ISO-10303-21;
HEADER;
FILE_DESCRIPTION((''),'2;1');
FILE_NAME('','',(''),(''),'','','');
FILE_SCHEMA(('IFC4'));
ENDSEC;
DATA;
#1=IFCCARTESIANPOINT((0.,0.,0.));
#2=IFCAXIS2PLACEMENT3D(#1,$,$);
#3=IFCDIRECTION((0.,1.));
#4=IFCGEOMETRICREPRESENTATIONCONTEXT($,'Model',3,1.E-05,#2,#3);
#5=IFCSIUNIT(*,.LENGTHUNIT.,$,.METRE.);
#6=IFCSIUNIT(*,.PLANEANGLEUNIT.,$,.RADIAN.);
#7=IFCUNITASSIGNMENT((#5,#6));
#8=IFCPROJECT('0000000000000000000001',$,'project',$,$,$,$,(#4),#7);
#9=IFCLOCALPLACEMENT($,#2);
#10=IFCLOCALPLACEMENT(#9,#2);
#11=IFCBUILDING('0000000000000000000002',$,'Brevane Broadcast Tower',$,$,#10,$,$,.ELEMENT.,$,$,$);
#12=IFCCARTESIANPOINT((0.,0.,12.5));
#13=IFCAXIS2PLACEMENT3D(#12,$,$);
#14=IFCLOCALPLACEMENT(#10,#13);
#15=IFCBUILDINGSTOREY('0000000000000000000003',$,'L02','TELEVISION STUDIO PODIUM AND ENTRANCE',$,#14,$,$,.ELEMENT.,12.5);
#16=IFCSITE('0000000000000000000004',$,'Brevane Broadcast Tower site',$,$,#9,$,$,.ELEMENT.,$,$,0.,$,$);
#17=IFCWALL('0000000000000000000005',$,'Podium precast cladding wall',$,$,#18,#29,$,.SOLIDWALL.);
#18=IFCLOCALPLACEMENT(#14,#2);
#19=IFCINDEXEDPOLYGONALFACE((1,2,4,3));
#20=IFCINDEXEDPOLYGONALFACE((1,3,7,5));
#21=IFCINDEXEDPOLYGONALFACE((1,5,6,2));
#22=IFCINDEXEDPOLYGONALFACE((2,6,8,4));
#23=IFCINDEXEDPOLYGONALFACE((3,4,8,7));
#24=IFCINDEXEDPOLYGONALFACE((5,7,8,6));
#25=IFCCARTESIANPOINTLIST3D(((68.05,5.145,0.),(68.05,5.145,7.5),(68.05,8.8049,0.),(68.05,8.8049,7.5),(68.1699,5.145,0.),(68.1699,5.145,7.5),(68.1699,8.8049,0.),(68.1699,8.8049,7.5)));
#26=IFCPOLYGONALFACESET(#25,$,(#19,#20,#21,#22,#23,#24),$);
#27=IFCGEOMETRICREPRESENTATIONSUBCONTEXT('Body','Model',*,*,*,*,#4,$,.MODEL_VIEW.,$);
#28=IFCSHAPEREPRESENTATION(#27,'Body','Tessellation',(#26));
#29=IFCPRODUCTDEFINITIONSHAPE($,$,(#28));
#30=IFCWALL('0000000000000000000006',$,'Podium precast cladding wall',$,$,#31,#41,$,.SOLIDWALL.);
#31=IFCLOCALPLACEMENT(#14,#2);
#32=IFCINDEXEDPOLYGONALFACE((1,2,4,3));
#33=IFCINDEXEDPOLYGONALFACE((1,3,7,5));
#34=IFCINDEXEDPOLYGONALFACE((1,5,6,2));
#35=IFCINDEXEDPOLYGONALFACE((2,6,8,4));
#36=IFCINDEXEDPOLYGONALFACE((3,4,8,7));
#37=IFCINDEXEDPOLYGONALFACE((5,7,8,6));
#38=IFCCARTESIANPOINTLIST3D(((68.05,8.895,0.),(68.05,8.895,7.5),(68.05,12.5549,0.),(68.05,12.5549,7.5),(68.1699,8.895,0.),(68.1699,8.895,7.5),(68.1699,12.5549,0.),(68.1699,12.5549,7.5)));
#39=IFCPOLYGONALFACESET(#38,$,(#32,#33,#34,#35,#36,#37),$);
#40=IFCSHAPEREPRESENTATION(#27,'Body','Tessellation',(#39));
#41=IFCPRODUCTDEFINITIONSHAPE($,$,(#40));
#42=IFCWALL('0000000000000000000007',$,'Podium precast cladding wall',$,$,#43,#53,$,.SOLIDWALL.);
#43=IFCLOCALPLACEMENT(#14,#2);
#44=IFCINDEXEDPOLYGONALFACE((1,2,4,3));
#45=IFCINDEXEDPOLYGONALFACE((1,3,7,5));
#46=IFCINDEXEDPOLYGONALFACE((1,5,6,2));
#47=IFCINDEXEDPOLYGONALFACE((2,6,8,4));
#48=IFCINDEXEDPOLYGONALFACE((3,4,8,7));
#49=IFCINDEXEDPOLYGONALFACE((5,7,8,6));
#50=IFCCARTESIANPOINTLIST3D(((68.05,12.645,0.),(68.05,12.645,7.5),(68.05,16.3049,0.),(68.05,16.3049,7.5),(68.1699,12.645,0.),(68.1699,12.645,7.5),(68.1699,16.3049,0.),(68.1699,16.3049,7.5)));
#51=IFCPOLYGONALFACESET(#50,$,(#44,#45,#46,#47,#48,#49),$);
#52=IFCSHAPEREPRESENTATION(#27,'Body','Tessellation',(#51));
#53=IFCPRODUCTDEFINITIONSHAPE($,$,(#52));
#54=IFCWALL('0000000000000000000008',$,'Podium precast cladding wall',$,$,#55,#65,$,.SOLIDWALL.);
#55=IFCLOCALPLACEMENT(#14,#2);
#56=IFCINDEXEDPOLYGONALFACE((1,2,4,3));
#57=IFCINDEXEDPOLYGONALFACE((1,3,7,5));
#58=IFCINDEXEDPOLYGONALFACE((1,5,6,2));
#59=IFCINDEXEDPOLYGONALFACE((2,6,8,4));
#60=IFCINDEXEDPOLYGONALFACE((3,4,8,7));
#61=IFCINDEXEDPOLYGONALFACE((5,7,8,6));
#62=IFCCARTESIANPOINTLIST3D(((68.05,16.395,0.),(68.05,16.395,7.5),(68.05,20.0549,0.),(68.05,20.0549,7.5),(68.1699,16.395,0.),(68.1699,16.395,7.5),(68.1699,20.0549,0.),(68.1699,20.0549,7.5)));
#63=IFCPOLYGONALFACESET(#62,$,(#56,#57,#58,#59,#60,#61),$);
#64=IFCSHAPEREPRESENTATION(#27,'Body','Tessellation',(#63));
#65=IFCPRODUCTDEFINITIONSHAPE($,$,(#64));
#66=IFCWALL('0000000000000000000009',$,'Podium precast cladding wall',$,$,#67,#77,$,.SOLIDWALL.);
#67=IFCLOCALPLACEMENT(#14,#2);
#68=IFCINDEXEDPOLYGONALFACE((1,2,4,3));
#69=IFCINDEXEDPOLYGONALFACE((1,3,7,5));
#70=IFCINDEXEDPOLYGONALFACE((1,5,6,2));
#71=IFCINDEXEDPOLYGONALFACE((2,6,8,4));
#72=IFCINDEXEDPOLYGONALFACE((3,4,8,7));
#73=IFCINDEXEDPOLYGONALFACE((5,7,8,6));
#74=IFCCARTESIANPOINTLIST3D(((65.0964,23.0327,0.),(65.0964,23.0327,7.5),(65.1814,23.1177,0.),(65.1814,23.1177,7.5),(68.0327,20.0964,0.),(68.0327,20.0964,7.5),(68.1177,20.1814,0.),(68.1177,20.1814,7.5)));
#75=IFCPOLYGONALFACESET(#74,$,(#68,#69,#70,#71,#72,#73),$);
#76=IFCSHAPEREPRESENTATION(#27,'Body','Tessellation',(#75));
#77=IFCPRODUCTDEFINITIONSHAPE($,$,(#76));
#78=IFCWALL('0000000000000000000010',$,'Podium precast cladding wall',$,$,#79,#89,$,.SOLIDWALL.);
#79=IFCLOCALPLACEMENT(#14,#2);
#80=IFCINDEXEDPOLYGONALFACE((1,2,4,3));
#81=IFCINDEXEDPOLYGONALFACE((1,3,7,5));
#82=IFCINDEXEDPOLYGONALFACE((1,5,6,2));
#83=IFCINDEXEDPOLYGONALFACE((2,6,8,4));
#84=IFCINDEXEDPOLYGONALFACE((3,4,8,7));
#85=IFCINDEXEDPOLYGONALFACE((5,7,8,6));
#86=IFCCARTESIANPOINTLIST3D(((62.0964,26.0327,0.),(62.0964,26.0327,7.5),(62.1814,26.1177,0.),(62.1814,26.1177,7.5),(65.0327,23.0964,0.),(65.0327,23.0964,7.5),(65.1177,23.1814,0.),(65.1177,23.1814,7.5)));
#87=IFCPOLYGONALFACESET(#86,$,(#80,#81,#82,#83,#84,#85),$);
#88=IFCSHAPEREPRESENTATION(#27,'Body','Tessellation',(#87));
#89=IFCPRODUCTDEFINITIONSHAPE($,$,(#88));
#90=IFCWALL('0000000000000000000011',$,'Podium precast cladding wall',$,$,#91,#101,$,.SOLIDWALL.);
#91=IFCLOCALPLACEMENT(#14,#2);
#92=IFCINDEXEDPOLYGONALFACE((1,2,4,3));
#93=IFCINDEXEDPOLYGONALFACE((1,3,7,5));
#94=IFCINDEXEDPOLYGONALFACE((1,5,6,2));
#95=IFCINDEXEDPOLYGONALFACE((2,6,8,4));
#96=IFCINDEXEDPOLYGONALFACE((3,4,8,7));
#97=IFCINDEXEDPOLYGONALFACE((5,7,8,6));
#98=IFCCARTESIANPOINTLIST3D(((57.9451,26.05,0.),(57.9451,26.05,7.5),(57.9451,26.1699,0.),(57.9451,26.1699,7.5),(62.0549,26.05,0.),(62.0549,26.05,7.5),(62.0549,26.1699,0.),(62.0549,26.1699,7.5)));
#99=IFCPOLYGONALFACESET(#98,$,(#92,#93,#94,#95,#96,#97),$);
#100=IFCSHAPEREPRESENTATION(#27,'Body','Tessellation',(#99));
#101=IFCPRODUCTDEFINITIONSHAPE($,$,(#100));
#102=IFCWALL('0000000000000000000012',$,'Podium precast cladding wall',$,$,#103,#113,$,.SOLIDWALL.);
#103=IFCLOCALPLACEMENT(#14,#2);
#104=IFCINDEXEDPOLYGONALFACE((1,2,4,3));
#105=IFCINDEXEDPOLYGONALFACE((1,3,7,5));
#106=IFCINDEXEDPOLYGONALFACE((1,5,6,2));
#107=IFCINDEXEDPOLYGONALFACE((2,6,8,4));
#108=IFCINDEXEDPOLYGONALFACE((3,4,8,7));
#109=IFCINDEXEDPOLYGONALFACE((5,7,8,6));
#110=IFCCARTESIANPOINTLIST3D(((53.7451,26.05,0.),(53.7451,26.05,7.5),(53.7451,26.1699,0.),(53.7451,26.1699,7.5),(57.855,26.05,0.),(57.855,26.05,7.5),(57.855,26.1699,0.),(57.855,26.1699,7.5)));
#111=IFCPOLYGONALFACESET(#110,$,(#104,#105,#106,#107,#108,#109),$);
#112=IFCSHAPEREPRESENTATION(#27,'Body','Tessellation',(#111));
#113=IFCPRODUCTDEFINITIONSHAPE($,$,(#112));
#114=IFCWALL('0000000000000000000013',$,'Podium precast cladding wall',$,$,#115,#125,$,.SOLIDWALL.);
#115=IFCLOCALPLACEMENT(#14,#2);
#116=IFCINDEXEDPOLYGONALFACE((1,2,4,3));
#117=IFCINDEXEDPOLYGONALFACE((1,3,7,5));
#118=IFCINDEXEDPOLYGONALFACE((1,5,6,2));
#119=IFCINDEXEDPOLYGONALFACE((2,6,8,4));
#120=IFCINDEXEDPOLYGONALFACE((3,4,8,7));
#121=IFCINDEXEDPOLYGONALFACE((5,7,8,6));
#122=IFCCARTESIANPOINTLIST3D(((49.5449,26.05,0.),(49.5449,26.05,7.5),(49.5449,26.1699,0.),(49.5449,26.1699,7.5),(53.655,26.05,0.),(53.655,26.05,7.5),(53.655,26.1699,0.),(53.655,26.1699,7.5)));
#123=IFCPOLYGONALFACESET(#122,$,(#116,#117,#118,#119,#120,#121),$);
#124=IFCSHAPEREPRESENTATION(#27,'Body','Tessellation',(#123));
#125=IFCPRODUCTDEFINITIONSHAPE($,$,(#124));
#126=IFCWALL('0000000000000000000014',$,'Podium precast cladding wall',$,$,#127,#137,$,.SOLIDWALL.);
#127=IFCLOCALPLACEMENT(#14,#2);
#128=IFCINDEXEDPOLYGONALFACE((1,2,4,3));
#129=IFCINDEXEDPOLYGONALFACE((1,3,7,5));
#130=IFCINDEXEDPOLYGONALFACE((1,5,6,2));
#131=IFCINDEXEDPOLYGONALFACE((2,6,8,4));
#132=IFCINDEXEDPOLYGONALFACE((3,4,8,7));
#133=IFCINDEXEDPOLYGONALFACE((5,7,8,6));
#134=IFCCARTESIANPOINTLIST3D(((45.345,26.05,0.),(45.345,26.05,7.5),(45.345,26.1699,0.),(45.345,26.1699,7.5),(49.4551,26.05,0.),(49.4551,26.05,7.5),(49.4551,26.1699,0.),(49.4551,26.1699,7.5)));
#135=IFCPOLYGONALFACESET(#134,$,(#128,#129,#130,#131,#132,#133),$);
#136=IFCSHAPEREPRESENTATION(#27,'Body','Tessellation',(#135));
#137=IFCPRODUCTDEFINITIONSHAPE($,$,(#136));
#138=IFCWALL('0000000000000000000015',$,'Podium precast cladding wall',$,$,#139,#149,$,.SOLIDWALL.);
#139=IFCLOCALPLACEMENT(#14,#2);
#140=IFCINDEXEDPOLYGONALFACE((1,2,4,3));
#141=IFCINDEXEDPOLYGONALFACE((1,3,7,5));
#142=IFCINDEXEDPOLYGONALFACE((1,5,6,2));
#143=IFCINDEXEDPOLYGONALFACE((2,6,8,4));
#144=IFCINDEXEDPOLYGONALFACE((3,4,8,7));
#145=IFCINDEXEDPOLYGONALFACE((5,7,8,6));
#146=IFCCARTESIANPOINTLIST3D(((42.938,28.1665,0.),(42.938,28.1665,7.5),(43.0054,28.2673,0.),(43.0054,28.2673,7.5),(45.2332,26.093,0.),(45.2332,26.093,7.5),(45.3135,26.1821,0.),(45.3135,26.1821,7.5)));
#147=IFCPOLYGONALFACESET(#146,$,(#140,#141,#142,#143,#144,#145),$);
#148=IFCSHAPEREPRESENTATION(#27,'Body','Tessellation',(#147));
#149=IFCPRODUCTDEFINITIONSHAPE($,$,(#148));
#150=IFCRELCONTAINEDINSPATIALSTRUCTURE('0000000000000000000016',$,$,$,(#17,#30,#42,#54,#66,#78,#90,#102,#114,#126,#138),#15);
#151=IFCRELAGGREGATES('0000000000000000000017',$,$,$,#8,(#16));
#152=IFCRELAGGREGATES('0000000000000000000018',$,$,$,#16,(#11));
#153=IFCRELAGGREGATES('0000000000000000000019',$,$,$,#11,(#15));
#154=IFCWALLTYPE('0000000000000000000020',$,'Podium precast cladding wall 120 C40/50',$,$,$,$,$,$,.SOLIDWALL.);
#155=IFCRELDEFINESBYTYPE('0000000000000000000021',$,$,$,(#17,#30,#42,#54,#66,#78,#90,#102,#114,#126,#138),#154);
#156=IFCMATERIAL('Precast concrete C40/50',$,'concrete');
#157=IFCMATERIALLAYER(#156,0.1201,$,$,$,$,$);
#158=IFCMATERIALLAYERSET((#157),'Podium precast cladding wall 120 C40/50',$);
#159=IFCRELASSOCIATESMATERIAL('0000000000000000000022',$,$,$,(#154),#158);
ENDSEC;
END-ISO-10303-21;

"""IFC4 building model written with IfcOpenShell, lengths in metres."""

from ifc_helpers import new_model, si_unit, direction, frame, origin, place, context, subcontext, project, spatial, polyline, outline, extrude, material, layer, layer_set, type_object, element, save


model = new_model("IFC4")

# Units and contexts
model_context = context("Model", 3, precision=1e-05, world=origin(), true_north=direction((0.0, 1.0)))
body_context = subcontext(model_context, "Body", "Model", "MODEL_VIEW")
ifc_project = project(units=[si_unit("LENGTHUNIT", "METRE"), si_unit("PLANEANGLEUNIT", "RADIAN")], contexts=[model_context])

# Site, building, storey
site_placement = place(None, origin())
site = spatial("IfcSite", under=ifc_project, at=site_placement, Name="Brevane Broadcast Tower site", CompositionType="ELEMENT", RefElevation=0.0)
building_placement = place(site_placement, origin())
building = spatial("IfcBuilding", under=site, at=building_placement, Name="Brevane Broadcast Tower", CompositionType="ELEMENT")
storey_placement = place(building_placement, frame((0.0, 0.0, 12.5)))
storey = spatial("IfcBuildingStorey", under=building, at=storey_placement, Name="L02", Description="TELEVISION STUDIO PODIUM AND ENTRANCE", CompositionType="ELEMENT", Elevation=12.5)

# Walls
ifc_material = material(Name="Precast concrete C40/50", Category="concrete")
ifc_layer = layer(ifc_material, 0.1201)
ifc_layer_set = layer_set([ifc_layer], Name="Podium precast cladding wall 120 C40/50")
wall_type = type_object("IfcWallType", Name="Podium precast cladding wall 120 C40/50", PredefinedType="SOLIDWALL", material=ifc_layer_set)
wall_1_placement = place(storey_placement, origin())
element("IfcWall", 1, at=wall_1_placement, inside=storey, type_object=wall_type, Name="Podium precast cladding wall", PredefinedType="SOLIDWALL", context=body_context, shape_type="SweptSolid", body=[
    extrude(outline(polyline([(68.1699, 8.8049), (68.05, 8.8049), (68.05, 5.145), (68.1699, 5.145), (68.1699, 8.8049)])), origin(), (0.0, 0.0, 1.0), 7.5),
])
wall_2_placement = place(storey_placement, origin())
element("IfcWall", 2, at=wall_2_placement, inside=storey, type_object=wall_type, Name="Podium precast cladding wall", PredefinedType="SOLIDWALL", context=body_context, shape_type="SweptSolid", body=[
    extrude(outline(polyline([(68.1699, 12.5549), (68.05, 12.5549), (68.05, 8.895), (68.1699, 8.895), (68.1699, 12.5549)])), origin(), (0.0, 0.0, 1.0), 7.5),
])
wall_3_placement = place(storey_placement, origin())
element("IfcWall", 3, at=wall_3_placement, inside=storey, type_object=wall_type, Name="Podium precast cladding wall", PredefinedType="SOLIDWALL", context=body_context, shape_type="SweptSolid", body=[
    extrude(outline(polyline([(68.1699, 16.3049), (68.05, 16.3049), (68.05, 12.645), (68.1699, 12.645), (68.1699, 16.3049)])), origin(), (0.0, 0.0, 1.0), 7.5),
])
wall_4_placement = place(storey_placement, origin())
element("IfcWall", 4, at=wall_4_placement, inside=storey, type_object=wall_type, Name="Podium precast cladding wall", PredefinedType="SOLIDWALL", context=body_context, shape_type="SweptSolid", body=[
    extrude(outline(polyline([(68.1699, 20.0549), (68.05, 20.0549), (68.05, 16.395), (68.1699, 16.395), (68.1699, 20.0549)])), origin(), (0.0, 0.0, 1.0), 7.5),
])
wall_5_placement = place(storey_placement, origin())
element("IfcWall", 5, at=wall_5_placement, inside=storey, type_object=wall_type, Name="Podium precast cladding wall", PredefinedType="SOLIDWALL", context=body_context, shape_type="SweptSolid", body=[
    extrude(outline(polyline([(68.0327, 20.0964), (65.0964, 23.0327), (65.1814, 23.1177), (68.1177, 20.1814), (68.0327, 20.0964)])), origin(), (0.0, 0.0, 1.0), 7.5),
])
wall_6_placement = place(storey_placement, origin())
element("IfcWall", 6, at=wall_6_placement, inside=storey, type_object=wall_type, Name="Podium precast cladding wall", PredefinedType="SOLIDWALL", context=body_context, shape_type="SweptSolid", body=[
    extrude(outline(polyline([(65.0327, 23.0964), (62.0964, 26.0327), (62.1814, 26.1177), (65.1177, 23.1814), (65.0327, 23.0964)])), origin(), (0.0, 0.0, 1.0), 7.5),
])
wall_7_placement = place(storey_placement, origin())
element("IfcWall", 7, at=wall_7_placement, inside=storey, type_object=wall_type, Name="Podium precast cladding wall", PredefinedType="SOLIDWALL", context=body_context, shape_type="SweptSolid", body=[
    extrude(outline(polyline([(57.9451, 26.1699), (57.9451, 26.05), (62.0549, 26.05), (62.0549, 26.1699), (57.9451, 26.1699)])), origin(), (0.0, 0.0, 1.0), 7.5),
])
wall_8_placement = place(storey_placement, origin())
element("IfcWall", 8, at=wall_8_placement, inside=storey, type_object=wall_type, Name="Podium precast cladding wall", PredefinedType="SOLIDWALL", context=body_context, shape_type="SweptSolid", body=[
    extrude(outline(polyline([(53.7451, 26.1699), (53.7451, 26.05), (57.855, 26.05), (57.855, 26.1699), (53.7451, 26.1699)])), origin(), (0.0, 0.0, 1.0), 7.5),
])
wall_9_placement = place(storey_placement, origin())
element("IfcWall", 9, at=wall_9_placement, inside=storey, type_object=wall_type, Name="Podium precast cladding wall", PredefinedType="SOLIDWALL", context=body_context, shape_type="SweptSolid", body=[
    extrude(outline(polyline([(49.5449, 26.1699), (49.5449, 26.05), (53.655, 26.05), (53.655, 26.1699), (49.5449, 26.1699)])), origin(), (0.0, 0.0, 1.0), 7.5),
])
wall_10_placement = place(storey_placement, origin())
element("IfcWall", 10, at=wall_10_placement, inside=storey, type_object=wall_type, Name="Podium precast cladding wall", PredefinedType="SOLIDWALL", context=body_context, shape_type="SweptSolid", body=[
    extrude(outline(polyline([(45.345, 26.1699), (45.345, 26.05), (49.4551, 26.05), (49.4551, 26.1699), (45.345, 26.1699)])), origin(), (0.0, 0.0, 1.0), 7.5),
])
wall_11_placement = place(storey_placement, origin())
element("IfcWall", 11, at=wall_11_placement, inside=storey, type_object=wall_type, Name="Podium precast cladding wall", PredefinedType="SOLIDWALL", context=body_context, shape_type="SweptSolid", body=[
    extrude(outline(polyline([(45.2332, 26.093), (45.3135, 26.1821), (43.0054, 28.2673), (42.938, 28.1665), (45.2332, 26.093)])), origin(), (0.0, 0.0, 1.0), 7.5),
])

save(model, "model.ifc")
